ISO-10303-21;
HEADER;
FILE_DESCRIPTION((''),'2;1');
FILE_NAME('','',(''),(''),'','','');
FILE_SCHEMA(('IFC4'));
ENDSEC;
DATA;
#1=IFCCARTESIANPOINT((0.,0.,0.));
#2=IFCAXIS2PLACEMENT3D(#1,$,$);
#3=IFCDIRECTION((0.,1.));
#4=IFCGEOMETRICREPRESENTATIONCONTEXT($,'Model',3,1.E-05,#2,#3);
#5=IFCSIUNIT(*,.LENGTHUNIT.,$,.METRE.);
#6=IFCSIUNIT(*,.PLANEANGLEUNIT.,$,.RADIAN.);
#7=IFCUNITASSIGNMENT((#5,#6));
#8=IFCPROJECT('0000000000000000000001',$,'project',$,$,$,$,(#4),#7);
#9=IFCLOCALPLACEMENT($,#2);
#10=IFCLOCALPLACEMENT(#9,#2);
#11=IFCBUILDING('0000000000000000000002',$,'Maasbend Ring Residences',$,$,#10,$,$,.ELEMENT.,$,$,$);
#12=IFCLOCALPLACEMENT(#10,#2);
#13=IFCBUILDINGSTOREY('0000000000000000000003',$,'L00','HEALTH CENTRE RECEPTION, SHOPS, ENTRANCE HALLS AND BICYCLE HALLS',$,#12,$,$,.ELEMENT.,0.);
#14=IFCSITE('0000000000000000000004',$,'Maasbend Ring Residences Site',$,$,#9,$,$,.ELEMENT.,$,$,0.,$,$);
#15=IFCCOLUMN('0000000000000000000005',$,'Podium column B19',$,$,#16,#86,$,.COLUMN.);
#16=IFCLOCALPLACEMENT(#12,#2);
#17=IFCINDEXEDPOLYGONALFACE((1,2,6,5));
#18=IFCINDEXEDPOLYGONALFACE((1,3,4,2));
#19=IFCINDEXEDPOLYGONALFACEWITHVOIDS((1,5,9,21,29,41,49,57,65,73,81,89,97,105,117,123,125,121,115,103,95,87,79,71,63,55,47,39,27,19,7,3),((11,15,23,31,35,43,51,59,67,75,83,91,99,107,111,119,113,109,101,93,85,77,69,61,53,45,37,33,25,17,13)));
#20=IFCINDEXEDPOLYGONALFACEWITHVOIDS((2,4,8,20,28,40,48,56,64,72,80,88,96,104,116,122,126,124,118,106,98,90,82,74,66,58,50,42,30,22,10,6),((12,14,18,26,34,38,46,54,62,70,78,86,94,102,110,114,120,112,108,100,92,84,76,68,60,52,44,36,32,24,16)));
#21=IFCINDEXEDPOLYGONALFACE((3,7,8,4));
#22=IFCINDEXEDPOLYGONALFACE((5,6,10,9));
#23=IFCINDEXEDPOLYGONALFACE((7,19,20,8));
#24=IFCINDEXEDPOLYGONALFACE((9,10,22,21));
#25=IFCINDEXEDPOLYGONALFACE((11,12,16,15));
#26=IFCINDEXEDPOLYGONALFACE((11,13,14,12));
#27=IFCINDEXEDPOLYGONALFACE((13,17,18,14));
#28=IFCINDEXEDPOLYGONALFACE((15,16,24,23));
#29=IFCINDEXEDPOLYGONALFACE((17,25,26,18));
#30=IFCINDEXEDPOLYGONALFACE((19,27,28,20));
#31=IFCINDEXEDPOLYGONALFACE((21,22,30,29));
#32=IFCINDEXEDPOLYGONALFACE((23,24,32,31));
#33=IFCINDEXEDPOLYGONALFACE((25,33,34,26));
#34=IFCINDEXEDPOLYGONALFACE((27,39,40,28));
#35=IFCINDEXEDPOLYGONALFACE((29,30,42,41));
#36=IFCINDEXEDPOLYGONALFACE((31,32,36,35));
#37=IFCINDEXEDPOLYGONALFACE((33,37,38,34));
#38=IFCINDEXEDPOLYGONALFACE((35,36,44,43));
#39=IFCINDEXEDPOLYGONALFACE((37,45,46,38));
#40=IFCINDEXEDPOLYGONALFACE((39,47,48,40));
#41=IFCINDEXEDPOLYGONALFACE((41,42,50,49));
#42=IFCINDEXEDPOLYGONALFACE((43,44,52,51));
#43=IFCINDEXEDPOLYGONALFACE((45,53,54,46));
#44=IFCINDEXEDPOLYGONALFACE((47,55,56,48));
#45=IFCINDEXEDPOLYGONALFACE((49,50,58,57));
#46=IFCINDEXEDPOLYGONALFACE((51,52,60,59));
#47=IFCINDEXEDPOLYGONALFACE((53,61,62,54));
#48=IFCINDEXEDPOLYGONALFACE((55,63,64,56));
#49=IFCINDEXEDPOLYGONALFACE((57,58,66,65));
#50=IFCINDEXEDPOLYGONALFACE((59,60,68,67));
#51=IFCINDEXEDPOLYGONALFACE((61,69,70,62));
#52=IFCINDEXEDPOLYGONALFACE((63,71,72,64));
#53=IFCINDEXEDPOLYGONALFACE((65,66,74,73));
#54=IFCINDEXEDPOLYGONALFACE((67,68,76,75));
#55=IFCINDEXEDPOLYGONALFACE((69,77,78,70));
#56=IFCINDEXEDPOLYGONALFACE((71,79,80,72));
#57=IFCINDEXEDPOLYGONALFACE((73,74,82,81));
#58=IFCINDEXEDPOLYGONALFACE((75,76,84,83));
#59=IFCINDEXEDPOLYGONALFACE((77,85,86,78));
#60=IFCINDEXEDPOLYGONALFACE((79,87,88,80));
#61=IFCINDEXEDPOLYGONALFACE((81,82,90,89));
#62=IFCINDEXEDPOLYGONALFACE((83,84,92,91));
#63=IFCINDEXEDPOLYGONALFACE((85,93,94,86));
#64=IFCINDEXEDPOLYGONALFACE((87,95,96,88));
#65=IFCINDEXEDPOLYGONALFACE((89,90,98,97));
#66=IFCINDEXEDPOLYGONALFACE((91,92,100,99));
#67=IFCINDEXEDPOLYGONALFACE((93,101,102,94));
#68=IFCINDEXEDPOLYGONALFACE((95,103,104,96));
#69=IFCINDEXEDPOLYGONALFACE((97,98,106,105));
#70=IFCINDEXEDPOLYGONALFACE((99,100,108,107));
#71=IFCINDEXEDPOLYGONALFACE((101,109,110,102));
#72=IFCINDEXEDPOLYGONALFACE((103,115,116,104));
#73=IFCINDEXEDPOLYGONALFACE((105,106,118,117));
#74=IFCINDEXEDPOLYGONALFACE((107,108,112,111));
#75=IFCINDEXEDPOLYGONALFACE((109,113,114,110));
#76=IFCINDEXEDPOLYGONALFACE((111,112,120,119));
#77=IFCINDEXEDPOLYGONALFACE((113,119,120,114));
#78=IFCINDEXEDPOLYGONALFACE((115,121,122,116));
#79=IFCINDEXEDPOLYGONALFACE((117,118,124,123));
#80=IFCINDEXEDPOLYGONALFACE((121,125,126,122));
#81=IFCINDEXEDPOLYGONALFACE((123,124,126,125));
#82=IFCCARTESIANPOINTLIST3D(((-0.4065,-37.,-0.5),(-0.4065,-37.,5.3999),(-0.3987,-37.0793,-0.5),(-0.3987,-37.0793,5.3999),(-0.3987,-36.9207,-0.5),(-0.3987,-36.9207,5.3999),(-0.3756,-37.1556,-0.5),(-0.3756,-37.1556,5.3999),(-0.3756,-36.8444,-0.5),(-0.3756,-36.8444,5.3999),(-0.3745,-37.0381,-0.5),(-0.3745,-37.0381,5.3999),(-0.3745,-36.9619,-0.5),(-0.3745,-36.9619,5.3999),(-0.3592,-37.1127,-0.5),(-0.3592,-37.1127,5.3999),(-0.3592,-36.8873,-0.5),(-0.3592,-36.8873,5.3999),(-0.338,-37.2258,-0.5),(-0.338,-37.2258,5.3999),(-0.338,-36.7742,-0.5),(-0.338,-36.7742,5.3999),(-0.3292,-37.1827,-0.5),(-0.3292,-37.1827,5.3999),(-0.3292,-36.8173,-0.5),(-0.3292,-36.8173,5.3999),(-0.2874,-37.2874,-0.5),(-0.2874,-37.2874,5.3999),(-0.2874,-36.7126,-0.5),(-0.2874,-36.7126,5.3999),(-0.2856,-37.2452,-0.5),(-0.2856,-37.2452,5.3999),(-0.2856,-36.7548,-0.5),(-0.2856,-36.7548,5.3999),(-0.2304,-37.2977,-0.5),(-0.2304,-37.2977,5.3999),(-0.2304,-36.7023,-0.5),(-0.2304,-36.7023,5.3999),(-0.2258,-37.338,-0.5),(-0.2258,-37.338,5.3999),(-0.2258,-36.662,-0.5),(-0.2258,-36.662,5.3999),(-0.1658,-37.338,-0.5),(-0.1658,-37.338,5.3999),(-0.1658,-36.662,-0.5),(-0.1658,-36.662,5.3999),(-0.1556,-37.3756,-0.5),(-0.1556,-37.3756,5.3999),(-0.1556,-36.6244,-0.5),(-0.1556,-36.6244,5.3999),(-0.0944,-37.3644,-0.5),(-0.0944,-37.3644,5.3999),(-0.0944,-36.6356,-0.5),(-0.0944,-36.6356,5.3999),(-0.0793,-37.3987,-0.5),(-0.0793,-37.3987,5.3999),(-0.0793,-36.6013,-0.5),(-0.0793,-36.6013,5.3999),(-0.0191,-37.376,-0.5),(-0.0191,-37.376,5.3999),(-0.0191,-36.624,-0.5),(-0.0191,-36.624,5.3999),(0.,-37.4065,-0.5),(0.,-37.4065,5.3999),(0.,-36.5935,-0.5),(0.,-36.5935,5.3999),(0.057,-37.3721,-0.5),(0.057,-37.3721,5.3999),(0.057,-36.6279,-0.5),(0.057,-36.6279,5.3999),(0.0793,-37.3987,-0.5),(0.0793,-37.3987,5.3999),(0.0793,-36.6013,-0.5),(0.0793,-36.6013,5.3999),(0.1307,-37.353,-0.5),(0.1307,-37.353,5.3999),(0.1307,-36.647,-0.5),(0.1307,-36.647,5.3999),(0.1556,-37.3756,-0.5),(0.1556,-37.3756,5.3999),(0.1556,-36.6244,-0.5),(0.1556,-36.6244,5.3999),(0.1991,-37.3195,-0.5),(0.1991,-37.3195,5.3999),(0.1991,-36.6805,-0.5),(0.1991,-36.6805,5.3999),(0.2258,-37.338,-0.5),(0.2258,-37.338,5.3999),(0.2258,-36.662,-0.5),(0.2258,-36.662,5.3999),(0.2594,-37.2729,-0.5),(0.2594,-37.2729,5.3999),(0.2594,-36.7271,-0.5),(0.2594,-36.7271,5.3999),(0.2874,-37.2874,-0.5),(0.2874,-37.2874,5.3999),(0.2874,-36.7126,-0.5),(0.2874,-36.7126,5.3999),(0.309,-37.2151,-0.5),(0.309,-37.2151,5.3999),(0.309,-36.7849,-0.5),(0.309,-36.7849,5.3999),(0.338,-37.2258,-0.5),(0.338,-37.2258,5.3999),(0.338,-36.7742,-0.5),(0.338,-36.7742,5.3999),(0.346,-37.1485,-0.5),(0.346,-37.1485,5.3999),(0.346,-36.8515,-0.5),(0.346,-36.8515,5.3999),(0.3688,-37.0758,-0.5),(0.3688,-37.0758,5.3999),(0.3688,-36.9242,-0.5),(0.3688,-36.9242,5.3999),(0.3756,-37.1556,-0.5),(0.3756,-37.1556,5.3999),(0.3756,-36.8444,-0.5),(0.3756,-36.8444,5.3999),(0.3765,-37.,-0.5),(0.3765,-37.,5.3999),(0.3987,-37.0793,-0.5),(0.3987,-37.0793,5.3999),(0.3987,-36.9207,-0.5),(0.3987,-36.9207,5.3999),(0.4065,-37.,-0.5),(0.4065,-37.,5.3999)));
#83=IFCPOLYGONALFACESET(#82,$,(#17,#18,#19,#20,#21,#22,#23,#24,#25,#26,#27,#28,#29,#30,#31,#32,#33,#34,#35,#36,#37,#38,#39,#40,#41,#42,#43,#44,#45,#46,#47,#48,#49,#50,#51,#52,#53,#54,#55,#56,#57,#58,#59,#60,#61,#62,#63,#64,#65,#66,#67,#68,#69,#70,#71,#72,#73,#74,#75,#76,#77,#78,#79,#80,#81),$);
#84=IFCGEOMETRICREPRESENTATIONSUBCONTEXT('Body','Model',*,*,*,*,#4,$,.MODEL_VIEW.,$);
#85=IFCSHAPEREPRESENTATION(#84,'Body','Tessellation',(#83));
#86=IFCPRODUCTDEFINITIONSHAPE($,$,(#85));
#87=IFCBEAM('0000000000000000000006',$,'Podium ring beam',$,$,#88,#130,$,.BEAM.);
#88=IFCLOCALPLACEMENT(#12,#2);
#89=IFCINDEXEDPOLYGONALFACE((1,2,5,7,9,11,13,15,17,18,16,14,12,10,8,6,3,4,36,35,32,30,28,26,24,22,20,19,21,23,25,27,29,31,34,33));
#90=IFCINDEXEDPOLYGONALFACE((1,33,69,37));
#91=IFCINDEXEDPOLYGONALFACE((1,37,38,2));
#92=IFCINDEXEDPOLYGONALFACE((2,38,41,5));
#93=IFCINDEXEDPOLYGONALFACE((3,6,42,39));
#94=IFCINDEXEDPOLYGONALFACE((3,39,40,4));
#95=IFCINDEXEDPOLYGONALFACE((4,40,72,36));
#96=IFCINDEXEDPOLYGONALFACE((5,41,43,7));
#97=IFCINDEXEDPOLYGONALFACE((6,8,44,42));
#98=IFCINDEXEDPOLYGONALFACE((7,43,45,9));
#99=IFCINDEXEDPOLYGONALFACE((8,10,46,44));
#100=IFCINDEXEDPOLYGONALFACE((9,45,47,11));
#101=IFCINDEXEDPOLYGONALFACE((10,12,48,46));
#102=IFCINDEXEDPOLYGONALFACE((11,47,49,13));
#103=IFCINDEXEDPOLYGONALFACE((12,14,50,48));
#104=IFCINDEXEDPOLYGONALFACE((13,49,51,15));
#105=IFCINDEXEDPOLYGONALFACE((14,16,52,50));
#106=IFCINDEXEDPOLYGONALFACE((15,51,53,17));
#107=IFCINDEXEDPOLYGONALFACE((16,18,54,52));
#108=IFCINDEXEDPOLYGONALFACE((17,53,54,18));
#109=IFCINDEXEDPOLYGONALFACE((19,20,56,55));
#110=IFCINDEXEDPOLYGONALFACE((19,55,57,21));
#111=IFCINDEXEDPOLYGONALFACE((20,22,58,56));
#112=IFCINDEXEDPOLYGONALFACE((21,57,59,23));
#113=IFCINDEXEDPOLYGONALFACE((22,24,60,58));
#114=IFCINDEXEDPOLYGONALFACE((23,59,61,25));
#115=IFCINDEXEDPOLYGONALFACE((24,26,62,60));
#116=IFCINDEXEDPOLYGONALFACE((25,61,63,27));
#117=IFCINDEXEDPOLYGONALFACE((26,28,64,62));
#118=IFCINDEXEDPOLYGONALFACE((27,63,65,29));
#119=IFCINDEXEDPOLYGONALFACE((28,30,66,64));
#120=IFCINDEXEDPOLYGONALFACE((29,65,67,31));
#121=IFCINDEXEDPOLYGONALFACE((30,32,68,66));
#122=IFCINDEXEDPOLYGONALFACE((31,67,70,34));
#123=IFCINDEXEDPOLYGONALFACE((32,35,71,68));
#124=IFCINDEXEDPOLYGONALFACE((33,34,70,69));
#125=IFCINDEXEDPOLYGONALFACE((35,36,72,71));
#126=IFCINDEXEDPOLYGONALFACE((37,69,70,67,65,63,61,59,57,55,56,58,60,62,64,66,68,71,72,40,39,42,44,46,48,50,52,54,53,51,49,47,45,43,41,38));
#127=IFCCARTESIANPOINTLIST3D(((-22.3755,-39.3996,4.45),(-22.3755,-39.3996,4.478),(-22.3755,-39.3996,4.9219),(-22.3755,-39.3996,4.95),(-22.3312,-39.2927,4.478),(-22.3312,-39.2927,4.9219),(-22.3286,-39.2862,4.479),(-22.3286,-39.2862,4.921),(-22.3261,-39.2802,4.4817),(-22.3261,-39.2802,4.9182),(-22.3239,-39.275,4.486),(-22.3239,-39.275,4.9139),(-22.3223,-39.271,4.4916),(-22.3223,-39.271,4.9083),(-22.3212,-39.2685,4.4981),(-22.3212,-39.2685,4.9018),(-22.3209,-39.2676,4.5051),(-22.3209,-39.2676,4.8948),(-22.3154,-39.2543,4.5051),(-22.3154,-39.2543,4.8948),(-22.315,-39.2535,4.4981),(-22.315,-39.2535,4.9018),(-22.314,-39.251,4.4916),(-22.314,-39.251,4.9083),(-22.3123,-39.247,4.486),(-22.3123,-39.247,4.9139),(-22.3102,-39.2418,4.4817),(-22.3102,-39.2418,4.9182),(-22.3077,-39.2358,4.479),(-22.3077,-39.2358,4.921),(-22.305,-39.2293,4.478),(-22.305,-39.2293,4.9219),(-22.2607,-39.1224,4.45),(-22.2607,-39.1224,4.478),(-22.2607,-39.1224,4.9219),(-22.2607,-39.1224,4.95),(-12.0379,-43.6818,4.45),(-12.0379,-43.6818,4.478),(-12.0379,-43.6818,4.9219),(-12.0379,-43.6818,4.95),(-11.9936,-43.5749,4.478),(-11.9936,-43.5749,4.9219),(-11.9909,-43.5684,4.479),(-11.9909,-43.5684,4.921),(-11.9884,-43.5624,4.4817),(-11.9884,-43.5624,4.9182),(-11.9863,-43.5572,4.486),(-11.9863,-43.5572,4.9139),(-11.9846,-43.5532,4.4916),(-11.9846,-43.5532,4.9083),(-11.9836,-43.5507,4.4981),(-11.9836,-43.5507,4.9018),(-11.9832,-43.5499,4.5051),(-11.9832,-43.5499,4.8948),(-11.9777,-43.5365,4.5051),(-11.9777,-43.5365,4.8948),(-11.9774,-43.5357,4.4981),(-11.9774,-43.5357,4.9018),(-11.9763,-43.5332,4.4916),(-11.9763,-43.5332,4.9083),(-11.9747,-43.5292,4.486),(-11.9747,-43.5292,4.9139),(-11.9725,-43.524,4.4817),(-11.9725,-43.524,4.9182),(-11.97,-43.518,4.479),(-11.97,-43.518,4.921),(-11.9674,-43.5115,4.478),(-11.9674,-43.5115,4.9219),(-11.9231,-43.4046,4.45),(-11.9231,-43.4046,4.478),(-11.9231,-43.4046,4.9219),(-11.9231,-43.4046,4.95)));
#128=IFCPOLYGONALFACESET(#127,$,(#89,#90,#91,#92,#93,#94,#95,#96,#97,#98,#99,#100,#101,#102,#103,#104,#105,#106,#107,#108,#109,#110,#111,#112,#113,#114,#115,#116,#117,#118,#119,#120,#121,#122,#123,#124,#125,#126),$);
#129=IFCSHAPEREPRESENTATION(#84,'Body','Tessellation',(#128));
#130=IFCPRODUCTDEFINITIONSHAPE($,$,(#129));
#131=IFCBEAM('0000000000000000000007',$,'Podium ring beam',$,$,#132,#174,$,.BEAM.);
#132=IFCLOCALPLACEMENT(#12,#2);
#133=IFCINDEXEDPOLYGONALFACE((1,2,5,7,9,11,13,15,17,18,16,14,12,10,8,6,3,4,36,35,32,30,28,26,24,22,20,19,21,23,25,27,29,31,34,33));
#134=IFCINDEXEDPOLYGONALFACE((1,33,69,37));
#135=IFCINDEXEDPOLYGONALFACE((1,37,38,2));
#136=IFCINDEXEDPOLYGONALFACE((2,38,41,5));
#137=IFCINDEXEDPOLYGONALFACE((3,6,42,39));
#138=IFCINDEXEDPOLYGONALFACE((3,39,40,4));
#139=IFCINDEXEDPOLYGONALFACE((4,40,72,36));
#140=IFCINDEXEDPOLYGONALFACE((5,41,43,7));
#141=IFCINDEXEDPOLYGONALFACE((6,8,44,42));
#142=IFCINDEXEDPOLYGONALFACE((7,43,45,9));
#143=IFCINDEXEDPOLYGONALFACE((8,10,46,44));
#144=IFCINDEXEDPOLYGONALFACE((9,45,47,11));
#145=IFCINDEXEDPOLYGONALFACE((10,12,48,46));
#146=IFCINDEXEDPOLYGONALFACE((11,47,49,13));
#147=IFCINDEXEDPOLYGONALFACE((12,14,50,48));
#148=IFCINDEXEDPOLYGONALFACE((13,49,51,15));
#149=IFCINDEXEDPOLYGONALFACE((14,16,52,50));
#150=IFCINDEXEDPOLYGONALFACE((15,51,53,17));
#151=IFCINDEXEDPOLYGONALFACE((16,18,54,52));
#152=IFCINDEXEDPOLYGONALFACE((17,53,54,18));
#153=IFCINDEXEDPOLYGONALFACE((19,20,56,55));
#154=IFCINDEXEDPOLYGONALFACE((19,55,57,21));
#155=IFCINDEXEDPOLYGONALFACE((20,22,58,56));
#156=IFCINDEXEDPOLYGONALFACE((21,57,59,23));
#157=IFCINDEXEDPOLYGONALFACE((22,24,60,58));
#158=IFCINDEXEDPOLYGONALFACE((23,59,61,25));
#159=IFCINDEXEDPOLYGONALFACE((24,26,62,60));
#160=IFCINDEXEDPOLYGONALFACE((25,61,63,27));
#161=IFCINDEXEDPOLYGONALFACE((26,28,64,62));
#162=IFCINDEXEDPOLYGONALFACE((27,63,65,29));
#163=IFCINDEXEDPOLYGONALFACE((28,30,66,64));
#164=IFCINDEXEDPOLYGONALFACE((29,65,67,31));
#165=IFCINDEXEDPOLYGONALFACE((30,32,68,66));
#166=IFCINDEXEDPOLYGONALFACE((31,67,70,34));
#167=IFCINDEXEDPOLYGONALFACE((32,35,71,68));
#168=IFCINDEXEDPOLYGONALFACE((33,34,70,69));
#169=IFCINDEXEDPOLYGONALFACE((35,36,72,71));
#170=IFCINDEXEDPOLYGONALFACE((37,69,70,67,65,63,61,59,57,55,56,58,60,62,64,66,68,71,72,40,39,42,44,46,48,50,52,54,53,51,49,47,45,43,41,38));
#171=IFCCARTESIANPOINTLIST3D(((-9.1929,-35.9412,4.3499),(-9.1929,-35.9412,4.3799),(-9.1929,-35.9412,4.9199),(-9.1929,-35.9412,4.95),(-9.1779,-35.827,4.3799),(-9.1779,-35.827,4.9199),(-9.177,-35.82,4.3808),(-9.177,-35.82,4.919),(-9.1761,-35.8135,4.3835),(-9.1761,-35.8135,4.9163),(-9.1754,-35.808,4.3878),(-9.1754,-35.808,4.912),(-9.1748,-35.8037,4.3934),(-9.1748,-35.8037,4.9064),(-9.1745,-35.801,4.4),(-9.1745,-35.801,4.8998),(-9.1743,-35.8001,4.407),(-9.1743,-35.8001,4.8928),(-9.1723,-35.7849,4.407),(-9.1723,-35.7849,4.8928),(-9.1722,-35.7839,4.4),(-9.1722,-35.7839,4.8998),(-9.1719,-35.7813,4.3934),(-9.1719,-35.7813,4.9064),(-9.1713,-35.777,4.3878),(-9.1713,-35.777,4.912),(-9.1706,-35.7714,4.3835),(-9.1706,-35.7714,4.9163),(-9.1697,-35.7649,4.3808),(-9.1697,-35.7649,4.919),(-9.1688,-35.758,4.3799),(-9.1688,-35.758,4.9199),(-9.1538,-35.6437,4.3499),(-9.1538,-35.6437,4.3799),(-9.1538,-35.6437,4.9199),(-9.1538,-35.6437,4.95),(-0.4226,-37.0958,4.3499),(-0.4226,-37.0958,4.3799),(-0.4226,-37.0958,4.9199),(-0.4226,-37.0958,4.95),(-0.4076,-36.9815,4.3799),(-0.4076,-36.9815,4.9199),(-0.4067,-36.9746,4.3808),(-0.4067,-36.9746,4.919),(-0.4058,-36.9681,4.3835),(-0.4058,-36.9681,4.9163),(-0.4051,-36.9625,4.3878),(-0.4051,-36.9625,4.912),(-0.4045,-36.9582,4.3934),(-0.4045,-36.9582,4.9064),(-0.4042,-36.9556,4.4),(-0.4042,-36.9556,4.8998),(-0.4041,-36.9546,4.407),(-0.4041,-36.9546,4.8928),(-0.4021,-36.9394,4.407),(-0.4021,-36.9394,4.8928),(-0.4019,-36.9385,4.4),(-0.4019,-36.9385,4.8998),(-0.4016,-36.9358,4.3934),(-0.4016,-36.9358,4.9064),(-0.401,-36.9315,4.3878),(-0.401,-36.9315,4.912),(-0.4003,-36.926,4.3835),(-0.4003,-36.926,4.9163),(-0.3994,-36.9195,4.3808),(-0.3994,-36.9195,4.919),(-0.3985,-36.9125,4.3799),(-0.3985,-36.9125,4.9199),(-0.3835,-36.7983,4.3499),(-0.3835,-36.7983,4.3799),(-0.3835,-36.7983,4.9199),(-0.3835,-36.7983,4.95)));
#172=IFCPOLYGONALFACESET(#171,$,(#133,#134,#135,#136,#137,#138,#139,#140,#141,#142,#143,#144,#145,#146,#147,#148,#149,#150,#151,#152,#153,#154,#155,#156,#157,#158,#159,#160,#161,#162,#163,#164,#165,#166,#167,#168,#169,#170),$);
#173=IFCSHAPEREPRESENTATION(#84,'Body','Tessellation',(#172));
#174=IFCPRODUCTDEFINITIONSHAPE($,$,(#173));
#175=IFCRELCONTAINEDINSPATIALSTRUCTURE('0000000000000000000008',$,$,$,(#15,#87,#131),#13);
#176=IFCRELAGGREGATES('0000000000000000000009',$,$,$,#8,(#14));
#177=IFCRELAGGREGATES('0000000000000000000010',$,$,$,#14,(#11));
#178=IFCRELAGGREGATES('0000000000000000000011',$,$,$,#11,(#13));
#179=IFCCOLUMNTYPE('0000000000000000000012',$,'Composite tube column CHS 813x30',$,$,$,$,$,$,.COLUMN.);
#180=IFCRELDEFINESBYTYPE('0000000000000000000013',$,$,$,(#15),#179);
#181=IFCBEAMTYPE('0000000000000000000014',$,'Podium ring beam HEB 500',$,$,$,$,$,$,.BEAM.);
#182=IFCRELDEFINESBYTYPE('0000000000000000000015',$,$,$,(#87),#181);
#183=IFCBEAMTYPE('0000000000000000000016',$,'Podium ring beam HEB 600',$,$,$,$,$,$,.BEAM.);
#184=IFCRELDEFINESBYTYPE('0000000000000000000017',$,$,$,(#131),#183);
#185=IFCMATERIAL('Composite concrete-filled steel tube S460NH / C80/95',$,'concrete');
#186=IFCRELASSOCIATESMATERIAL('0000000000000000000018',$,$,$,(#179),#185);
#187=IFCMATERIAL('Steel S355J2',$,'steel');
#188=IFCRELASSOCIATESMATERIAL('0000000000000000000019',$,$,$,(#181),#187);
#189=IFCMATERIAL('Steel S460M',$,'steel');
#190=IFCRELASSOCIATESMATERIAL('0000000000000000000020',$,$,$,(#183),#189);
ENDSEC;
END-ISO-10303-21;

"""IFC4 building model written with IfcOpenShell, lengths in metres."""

from ifc_helpers import new_model, si_unit, direction, frame, origin, origin_2d, place, context, subcontext, project, spatial, hollow_circle, i_section, extrude, material, material_profile, profile_set, type_object, element, save


model = new_model("IFC4")

# Units and contexts
model_context = context("Model", 3, precision=1e-05, world=origin(), true_north=direction((0.0, 1.0)))
body_context = subcontext(model_context, "Body", "Model", "MODEL_VIEW")
ifc_project = project(units=[si_unit("LENGTHUNIT", "METRE"), si_unit("PLANEANGLEUNIT", "RADIAN")], contexts=[model_context])

# Site, building, storey
site_placement = place(None, origin())
site = spatial("IfcSite", under=ifc_project, at=site_placement, Name="Maasbend Ring Residences Site", CompositionType="ELEMENT", RefElevation=0.0)
building_placement = place(site_placement, origin())
building = spatial("IfcBuilding", under=site, at=building_placement, Name="Maasbend Ring Residences", CompositionType="ELEMENT")
storey_placement = place(building_placement, origin())
storey = spatial("IfcBuildingStorey", under=building, at=storey_placement, Name="L00", Description="HEALTH CENTRE RECEPTION, SHOPS, ENTRANCE HALLS AND BICYCLE HALLS", CompositionType="ELEMENT", Elevation=0.0)

# Column
ifc_material_1 = material(Name="Composite concrete-filled steel tube S460NH / C80/95", Category="concrete")
ifc_material_profile_1 = material_profile(ifc_material_1, hollow_circle(Radius=0.4065, WallThickness=0.03, at=origin_2d()), Name="Composite tube column CHS 813x30")
ifc_profile_set_1 = profile_set([ifc_material_profile_1], Name="Composite concrete-filled steel tube S460NH / C80/95")
column_type_1 = type_object("IfcColumnType", Name="Composite tube column CHS 813x30", PredefinedType="COLUMN", material=ifc_profile_set_1)
for number, where, z_axis, x_axis, name in (
    (1, (0.0, -37.0, -0.5), (0.0, 0.0, 1.0), (1.0, 0.0, 0.0), "Podium column B19"),
):
    element("IfcColumn", number, at=place(storey_placement, frame(where, z_axis=z_axis, x_axis=x_axis)), inside=storey, type_object=column_type_1, Name=name, PredefinedType="COLUMN", context=body_context, shape_type="SweptSolid", body=[
        extrude(hollow_circle(Radius=0.4065, WallThickness=0.03, at=origin_2d()), origin(), (0.0, 0.0, 1.0), 5.8999),
    ])

# Beams
ifc_material_2 = material(Name="Steel S355J2", Category="steel")
ifc_material_profile_2 = material_profile(ifc_material_2, i_section(OverallWidth=0.3, OverallDepth=0.5, WebThickness=0.0144, FlangeThickness=0.0281, FilletRadius=0.0271, at=origin_2d()), Name="HEB 500")
ifc_profile_set_2 = profile_set([ifc_material_profile_2], Name="Steel S355J2")
beam_type_1 = type_object("IfcBeamType", Name="Podium ring beam HEB 500", PredefinedType="BEAM", material=ifc_profile_set_2)
beam_1_placement = place(storey_placement, frame((-22.3181, -39.261, 4.7), z_axis=(0.923872, -0.382701, 0.0), x_axis=(0.382701, 0.923872, 0.0)))
element("IfcBeam", 2, at=beam_1_placement, inside=storey, type_object=beam_type_1, Name="Podium ring beam", PredefinedType="BEAM", context=body_context, shape_type="SweptSolid", body=[
    extrude(i_section(OverallWidth=0.3, OverallDepth=0.5, WebThickness=0.0144, FlangeThickness=0.0281, FilletRadius=0.0271, at=origin_2d()), origin(), (0.0, 0.0, 1.0), 11.1895),
])
ifc_material_3 = material(Name="Steel S460M", Category="steel")
ifc_material_profile_3 = material_profile(ifc_material_3, i_section(OverallWidth=0.3, OverallDepth=0.6001, WebThickness=0.0154, FlangeThickness=0.03, FilletRadius=0.0271, at=origin_2d()), Name="HEB 600")
ifc_profile_set_3 = profile_set([ifc_material_profile_3], Name="Steel S460M")
beam_type_2 = type_object("IfcBeamType", Name="Podium ring beam HEB 600", PredefinedType="BEAM", material=ifc_profile_set_3)
beam_2_placement = place(storey_placement, frame((-9.1733, -35.7925, 4.6499), z_axis=(0.991446, -0.130517, 0.0), x_axis=(0.130517, 0.991446, 0.0)))
element("IfcBeam", 3, at=beam_2_placement, inside=storey, type_object=beam_type_2, Name="Podium ring beam", PredefinedType="BEAM", context=body_context, shape_type="SweptSolid", body=[
    extrude(i_section(OverallWidth=0.3, OverallDepth=0.6001, WebThickness=0.0154, FlangeThickness=0.03, FilletRadius=0.0271, at=origin_2d()), origin(), (0.0, 0.0, 1.0), 8.8459),
])

save(model, "model.ifc")
